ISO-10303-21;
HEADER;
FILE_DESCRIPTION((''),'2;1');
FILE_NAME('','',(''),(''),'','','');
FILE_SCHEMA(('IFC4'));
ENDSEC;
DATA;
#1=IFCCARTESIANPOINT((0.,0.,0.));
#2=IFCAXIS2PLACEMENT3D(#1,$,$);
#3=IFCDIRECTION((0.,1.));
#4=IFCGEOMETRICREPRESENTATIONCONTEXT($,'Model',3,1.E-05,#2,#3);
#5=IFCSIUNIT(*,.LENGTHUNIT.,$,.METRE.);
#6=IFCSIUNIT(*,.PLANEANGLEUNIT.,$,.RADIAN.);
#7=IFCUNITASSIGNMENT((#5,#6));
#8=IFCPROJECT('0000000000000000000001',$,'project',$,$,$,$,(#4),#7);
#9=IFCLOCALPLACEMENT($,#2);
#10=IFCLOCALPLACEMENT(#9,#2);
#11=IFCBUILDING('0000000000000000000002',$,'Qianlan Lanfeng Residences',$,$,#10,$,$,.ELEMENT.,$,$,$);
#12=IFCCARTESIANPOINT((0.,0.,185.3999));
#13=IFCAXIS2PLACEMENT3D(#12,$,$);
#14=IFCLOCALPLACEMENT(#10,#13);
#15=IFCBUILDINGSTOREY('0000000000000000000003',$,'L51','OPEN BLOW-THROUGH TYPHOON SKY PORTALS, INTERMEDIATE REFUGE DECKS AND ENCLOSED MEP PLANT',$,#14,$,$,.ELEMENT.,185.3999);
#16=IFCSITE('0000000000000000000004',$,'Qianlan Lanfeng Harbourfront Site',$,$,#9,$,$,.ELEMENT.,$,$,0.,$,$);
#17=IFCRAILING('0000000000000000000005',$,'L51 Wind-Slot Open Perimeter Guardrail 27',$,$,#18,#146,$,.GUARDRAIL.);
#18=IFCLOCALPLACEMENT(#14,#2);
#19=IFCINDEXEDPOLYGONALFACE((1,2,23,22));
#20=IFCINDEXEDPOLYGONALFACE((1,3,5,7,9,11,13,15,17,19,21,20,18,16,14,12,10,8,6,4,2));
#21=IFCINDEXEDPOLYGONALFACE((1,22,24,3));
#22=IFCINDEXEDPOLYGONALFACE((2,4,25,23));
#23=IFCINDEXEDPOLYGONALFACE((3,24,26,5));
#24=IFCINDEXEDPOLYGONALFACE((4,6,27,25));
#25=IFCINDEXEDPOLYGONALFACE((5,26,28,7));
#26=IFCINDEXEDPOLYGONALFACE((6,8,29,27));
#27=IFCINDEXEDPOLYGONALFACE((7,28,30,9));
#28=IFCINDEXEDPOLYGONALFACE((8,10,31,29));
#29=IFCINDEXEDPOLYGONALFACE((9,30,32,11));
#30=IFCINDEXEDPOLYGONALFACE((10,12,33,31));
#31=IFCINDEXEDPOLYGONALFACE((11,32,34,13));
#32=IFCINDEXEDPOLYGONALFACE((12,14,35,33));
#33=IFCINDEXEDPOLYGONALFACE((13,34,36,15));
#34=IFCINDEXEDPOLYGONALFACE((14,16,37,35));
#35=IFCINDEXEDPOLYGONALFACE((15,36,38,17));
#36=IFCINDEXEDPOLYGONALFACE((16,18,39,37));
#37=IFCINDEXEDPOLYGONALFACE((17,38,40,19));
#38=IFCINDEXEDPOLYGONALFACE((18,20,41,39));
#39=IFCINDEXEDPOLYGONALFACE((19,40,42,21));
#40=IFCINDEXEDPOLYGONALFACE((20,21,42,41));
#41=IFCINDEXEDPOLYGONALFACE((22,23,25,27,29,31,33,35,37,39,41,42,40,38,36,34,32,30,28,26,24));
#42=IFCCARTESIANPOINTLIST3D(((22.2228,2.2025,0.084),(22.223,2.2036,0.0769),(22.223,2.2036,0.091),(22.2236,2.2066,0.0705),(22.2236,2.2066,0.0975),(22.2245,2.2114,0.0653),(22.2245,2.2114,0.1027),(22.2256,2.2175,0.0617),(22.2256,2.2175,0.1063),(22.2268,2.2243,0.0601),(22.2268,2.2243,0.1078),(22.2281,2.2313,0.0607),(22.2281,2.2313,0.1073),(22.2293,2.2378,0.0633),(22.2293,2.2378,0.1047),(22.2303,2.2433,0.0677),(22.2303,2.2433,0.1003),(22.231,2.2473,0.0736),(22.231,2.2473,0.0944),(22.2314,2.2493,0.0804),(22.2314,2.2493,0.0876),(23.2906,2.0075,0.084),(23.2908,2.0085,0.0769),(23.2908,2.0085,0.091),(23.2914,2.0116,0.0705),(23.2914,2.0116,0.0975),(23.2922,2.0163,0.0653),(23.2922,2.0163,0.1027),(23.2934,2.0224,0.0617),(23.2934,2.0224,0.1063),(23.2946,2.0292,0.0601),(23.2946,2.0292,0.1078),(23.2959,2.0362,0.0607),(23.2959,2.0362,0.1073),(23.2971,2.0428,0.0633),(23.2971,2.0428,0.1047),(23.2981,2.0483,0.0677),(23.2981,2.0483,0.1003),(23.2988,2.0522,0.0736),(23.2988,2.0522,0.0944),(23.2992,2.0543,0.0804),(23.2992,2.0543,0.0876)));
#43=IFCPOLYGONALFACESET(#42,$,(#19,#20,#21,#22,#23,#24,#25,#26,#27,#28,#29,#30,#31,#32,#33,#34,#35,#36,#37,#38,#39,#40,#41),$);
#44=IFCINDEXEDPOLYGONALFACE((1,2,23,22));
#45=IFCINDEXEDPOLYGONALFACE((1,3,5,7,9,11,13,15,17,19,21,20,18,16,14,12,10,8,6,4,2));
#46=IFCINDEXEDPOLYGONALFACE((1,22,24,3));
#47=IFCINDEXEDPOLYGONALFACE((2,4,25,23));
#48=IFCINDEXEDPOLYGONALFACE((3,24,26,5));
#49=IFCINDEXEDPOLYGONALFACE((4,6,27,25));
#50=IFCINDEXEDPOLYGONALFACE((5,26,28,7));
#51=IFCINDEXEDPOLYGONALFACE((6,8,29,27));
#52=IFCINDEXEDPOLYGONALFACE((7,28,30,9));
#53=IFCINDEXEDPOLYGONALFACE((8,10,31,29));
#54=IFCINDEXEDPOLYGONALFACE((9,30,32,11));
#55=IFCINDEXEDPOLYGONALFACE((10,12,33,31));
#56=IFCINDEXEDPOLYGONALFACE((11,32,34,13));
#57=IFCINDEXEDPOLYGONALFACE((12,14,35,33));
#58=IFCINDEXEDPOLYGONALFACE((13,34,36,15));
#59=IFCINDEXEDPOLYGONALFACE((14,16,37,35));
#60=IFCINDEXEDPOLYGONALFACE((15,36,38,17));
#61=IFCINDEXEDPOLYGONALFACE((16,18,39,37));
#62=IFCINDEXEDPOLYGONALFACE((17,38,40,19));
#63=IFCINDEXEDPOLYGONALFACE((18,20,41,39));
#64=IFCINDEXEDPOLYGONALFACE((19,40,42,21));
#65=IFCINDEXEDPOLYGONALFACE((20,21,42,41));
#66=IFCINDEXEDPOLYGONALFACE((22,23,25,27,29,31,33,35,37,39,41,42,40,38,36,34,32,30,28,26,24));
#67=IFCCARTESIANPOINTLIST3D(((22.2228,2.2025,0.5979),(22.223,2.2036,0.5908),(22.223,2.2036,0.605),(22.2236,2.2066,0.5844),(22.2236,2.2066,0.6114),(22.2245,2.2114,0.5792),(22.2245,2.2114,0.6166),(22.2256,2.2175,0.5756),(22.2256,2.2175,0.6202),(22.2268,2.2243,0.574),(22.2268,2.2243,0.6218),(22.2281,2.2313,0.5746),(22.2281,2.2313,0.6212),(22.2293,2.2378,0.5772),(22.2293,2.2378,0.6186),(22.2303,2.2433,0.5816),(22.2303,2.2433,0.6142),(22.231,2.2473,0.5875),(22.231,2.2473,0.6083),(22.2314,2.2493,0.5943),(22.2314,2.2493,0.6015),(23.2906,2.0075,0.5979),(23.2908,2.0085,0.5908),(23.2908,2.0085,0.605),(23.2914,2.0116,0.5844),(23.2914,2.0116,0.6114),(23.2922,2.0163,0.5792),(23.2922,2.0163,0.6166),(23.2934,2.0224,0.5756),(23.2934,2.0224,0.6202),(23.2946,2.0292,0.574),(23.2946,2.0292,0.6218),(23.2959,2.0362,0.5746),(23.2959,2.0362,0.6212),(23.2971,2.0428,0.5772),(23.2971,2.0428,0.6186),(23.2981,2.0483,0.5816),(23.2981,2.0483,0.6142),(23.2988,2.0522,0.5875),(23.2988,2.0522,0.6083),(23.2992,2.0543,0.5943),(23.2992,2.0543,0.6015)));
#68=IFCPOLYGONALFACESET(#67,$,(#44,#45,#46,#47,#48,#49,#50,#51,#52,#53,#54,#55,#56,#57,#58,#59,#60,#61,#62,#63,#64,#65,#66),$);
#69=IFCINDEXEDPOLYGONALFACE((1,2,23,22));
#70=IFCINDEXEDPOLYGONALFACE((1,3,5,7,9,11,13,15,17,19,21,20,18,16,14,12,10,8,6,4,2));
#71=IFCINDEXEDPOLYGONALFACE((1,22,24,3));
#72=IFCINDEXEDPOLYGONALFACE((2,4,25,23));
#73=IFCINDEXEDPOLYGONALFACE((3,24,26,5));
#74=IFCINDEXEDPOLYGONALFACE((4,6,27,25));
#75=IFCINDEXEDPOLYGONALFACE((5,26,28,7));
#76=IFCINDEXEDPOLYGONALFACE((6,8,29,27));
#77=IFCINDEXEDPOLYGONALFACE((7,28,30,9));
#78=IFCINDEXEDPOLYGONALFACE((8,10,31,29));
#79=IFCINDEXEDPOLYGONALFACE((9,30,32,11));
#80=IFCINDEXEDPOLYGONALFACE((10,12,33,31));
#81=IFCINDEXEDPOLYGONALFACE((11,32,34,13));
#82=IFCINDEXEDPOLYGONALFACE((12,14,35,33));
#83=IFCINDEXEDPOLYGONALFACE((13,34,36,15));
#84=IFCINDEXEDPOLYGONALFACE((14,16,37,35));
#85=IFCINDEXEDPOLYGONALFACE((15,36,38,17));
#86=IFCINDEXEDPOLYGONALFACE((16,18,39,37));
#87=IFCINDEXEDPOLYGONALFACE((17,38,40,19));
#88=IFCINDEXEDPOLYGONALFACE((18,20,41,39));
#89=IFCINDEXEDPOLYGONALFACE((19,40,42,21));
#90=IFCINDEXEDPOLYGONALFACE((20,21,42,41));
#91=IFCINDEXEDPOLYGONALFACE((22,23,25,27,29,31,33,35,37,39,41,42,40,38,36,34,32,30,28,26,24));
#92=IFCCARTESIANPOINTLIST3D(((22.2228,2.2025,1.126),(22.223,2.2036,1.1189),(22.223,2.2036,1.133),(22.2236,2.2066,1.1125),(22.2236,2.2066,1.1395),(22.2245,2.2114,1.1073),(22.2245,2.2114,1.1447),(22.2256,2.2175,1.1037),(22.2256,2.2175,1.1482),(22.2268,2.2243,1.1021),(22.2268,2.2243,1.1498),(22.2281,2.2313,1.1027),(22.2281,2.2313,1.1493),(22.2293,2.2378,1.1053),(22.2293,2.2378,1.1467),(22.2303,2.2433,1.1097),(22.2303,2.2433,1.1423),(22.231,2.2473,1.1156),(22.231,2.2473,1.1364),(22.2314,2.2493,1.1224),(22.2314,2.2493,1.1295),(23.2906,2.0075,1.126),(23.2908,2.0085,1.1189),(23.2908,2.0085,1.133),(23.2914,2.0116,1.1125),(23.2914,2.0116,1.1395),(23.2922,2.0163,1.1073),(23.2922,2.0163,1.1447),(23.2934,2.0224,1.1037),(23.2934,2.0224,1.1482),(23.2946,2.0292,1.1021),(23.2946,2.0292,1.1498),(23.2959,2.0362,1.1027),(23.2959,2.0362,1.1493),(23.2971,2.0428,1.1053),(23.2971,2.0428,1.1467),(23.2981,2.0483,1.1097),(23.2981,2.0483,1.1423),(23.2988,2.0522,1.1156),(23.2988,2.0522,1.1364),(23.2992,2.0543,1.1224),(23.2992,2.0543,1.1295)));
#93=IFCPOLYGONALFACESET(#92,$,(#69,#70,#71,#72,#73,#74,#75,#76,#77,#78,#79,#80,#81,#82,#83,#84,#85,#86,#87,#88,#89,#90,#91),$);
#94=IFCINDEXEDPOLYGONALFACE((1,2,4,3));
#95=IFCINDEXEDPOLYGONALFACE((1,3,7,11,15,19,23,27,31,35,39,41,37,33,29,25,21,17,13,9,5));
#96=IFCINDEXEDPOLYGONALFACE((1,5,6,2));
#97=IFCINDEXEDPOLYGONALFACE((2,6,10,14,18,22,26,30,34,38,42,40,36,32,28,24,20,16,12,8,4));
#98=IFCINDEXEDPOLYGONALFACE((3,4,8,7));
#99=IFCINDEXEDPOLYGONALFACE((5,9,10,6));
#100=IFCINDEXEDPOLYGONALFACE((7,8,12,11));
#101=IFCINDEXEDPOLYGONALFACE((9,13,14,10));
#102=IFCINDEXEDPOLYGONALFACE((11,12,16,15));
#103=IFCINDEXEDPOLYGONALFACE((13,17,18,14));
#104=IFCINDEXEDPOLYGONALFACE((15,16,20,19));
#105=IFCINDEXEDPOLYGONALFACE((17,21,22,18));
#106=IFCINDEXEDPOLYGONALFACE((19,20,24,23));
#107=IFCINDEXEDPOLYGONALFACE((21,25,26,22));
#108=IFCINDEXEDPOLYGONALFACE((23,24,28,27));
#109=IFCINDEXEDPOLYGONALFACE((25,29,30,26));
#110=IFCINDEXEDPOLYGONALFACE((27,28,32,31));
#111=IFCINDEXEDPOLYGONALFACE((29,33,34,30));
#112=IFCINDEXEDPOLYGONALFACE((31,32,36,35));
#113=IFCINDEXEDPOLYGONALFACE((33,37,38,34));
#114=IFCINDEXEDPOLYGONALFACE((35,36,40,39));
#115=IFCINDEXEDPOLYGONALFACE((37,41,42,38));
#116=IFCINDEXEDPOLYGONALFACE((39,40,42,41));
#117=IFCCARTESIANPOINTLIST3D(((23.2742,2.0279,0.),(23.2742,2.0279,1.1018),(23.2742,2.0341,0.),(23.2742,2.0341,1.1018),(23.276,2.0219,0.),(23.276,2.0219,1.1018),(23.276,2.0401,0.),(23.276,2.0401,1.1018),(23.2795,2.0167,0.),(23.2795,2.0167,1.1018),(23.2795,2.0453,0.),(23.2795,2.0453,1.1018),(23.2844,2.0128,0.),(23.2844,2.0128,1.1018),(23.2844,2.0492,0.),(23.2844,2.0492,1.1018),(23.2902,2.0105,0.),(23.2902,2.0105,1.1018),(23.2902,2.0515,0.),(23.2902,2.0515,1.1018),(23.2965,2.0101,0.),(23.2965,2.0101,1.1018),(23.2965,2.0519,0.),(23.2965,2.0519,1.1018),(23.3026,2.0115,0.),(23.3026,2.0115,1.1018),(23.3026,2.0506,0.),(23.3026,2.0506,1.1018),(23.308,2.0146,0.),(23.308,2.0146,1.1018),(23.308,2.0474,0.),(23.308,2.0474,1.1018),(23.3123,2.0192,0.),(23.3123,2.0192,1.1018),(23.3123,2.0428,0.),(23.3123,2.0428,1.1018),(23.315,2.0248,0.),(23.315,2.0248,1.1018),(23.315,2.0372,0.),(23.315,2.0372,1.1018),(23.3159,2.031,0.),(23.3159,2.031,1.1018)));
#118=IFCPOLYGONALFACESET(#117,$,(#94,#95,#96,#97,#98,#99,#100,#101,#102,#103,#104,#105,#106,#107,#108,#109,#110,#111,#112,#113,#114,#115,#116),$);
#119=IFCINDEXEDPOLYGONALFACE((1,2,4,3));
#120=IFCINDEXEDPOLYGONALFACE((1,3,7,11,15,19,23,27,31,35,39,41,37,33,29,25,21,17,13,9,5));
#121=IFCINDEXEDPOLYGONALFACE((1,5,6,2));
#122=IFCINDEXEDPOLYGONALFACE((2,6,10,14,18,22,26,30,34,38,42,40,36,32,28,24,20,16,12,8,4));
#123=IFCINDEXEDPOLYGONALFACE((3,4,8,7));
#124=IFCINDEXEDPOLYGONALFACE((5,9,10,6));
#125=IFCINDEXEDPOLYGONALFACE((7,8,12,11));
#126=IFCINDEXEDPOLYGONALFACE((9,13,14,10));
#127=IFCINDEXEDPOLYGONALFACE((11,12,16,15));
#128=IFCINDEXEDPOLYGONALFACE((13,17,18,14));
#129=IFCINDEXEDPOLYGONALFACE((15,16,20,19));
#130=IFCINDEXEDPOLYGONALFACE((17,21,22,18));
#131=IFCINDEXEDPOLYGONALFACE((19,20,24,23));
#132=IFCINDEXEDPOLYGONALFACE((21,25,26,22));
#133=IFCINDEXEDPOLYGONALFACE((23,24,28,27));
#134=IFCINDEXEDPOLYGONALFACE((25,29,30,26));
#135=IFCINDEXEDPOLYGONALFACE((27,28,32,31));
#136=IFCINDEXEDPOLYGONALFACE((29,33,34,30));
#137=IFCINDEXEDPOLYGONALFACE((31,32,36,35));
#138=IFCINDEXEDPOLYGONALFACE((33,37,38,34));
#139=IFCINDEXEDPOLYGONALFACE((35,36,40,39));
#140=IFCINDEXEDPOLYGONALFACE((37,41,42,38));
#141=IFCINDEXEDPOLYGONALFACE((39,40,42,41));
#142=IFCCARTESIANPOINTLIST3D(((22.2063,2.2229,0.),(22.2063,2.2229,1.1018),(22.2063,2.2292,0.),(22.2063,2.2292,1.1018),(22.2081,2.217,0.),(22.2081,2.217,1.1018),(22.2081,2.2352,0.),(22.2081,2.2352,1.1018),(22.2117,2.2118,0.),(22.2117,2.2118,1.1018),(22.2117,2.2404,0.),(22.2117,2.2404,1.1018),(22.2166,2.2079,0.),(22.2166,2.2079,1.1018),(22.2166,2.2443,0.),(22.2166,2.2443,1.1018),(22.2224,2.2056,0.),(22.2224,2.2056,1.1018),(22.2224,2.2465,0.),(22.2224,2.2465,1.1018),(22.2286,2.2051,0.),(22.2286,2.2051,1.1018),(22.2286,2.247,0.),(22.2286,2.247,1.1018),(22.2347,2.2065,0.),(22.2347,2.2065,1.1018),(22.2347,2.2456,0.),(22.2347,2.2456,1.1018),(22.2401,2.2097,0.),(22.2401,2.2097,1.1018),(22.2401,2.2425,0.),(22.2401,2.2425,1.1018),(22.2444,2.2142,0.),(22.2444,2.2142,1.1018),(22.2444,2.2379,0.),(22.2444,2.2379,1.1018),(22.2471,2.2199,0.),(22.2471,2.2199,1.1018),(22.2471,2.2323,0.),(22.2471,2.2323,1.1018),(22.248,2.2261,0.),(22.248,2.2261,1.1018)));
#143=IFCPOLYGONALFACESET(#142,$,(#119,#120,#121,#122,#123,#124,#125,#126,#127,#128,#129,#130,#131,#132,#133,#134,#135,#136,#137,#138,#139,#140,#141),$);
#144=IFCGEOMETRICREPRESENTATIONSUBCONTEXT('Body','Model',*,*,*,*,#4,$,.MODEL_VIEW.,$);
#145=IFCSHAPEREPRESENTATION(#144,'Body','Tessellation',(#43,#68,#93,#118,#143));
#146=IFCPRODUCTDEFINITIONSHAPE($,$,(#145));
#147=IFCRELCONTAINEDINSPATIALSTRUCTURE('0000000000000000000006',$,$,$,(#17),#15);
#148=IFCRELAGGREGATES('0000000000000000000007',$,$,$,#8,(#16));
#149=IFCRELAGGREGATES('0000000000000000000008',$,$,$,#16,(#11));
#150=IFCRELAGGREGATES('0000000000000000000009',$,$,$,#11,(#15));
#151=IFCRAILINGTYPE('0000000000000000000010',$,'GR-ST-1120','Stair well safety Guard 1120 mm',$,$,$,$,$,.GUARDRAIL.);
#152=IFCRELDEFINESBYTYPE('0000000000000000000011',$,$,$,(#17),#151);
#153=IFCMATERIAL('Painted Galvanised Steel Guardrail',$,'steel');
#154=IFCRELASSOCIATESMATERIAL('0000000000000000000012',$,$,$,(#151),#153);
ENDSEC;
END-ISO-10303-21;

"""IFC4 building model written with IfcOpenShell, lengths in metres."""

from ifc_helpers import new_model, si_unit, direction, frame, origin, origin_2d, place, context, subcontext, project, spatial, circle, extrude, material, type_object, element, save


model = new_model("IFC4")

# Units and contexts
model_context = context("Model", 3, precision=1e-05, world=origin(), true_north=direction((0.0, 1.0)))
body_context = subcontext(model_context, "Body", "Model", "MODEL_VIEW")
ifc_project = project(units=[si_unit("LENGTHUNIT", "METRE"), si_unit("PLANEANGLEUNIT", "RADIAN")], contexts=[model_context])

# Site, building, storey
site_placement = place(None, origin())
site = spatial("IfcSite", under=ifc_project, at=site_placement, Name="Qianlan Lanfeng Harbourfront Site", CompositionType="ELEMENT", RefElevation=0.0)
building_placement = place(site_placement, origin())
building = spatial("IfcBuilding", under=site, at=building_placement, Name="Qianlan Lanfeng Residences", CompositionType="ELEMENT")
storey_placement = place(building_placement, frame((0.0, 0.0, 185.3999)))
storey = spatial("IfcBuildingStorey", under=building, at=storey_placement, Name="L51", Description="OPEN BLOW-THROUGH TYPHOON SKY PORTALS, INTERMEDIATE REFUGE DECKS AND ENCLOSED MEP PLANT", CompositionType="ELEMENT", Elevation=185.3999)

# Railing
ifc_material_1 = material(Name="Painted Galvanised Steel Guardrail", Category="steel")
railing_type = type_object("IfcRailingType", Name="GR-ST-1120", Description="Stair well safety Guard 1120 mm", PredefinedType="GUARDRAIL", material=ifc_material_1)
railing_1_placement = place(storey_placement, frame((23.2949, 2.031, 0.0)))
element("IfcRailing", 1, at=railing_1_placement, inside=storey, type_object=railing_type, Name="L51 Wind-Slot Open Perimeter Guardrail 27", PredefinedType="GUARDRAIL", context=body_context, shape_type="SweptSolid", body=[
    extrude(circle(Radius=0.0239, at=origin_2d()), frame((0.0, 0.0, 0.084), z_axis=(-0.983722, 0.179697, 0.0), x_axis=(-0.179697, -0.983722, 0.0)), (0.0, 0.0, 1.0), 1.0854),
    extrude(circle(Radius=0.0239, at=origin_2d()), frame((0.0, 0.0, 0.5979), z_axis=(-0.983722, 0.179697, 0.0), x_axis=(-0.179697, -0.983722, 0.0)), (0.0, 0.0, 1.0), 1.0854),
    extrude(circle(Radius=0.0239, at=origin_2d()), frame((0.0, 0.0, 1.126), z_axis=(-0.983722, 0.179697, 0.0), x_axis=(-0.179697, -0.983722, 0.0)), (0.0, 0.0, 1.0), 1.0854),
    extrude(circle(Radius=0.021, at=origin_2d()), origin(), (0.0, 0.0, 1.0), 1.1018),
    extrude(circle(Radius=0.021, at=origin_2d()), frame((-1.0679, 0.1951, 0.0)), (0.0, 0.0, 1.0), 1.1018),
])

save(model, "model.ifc")
